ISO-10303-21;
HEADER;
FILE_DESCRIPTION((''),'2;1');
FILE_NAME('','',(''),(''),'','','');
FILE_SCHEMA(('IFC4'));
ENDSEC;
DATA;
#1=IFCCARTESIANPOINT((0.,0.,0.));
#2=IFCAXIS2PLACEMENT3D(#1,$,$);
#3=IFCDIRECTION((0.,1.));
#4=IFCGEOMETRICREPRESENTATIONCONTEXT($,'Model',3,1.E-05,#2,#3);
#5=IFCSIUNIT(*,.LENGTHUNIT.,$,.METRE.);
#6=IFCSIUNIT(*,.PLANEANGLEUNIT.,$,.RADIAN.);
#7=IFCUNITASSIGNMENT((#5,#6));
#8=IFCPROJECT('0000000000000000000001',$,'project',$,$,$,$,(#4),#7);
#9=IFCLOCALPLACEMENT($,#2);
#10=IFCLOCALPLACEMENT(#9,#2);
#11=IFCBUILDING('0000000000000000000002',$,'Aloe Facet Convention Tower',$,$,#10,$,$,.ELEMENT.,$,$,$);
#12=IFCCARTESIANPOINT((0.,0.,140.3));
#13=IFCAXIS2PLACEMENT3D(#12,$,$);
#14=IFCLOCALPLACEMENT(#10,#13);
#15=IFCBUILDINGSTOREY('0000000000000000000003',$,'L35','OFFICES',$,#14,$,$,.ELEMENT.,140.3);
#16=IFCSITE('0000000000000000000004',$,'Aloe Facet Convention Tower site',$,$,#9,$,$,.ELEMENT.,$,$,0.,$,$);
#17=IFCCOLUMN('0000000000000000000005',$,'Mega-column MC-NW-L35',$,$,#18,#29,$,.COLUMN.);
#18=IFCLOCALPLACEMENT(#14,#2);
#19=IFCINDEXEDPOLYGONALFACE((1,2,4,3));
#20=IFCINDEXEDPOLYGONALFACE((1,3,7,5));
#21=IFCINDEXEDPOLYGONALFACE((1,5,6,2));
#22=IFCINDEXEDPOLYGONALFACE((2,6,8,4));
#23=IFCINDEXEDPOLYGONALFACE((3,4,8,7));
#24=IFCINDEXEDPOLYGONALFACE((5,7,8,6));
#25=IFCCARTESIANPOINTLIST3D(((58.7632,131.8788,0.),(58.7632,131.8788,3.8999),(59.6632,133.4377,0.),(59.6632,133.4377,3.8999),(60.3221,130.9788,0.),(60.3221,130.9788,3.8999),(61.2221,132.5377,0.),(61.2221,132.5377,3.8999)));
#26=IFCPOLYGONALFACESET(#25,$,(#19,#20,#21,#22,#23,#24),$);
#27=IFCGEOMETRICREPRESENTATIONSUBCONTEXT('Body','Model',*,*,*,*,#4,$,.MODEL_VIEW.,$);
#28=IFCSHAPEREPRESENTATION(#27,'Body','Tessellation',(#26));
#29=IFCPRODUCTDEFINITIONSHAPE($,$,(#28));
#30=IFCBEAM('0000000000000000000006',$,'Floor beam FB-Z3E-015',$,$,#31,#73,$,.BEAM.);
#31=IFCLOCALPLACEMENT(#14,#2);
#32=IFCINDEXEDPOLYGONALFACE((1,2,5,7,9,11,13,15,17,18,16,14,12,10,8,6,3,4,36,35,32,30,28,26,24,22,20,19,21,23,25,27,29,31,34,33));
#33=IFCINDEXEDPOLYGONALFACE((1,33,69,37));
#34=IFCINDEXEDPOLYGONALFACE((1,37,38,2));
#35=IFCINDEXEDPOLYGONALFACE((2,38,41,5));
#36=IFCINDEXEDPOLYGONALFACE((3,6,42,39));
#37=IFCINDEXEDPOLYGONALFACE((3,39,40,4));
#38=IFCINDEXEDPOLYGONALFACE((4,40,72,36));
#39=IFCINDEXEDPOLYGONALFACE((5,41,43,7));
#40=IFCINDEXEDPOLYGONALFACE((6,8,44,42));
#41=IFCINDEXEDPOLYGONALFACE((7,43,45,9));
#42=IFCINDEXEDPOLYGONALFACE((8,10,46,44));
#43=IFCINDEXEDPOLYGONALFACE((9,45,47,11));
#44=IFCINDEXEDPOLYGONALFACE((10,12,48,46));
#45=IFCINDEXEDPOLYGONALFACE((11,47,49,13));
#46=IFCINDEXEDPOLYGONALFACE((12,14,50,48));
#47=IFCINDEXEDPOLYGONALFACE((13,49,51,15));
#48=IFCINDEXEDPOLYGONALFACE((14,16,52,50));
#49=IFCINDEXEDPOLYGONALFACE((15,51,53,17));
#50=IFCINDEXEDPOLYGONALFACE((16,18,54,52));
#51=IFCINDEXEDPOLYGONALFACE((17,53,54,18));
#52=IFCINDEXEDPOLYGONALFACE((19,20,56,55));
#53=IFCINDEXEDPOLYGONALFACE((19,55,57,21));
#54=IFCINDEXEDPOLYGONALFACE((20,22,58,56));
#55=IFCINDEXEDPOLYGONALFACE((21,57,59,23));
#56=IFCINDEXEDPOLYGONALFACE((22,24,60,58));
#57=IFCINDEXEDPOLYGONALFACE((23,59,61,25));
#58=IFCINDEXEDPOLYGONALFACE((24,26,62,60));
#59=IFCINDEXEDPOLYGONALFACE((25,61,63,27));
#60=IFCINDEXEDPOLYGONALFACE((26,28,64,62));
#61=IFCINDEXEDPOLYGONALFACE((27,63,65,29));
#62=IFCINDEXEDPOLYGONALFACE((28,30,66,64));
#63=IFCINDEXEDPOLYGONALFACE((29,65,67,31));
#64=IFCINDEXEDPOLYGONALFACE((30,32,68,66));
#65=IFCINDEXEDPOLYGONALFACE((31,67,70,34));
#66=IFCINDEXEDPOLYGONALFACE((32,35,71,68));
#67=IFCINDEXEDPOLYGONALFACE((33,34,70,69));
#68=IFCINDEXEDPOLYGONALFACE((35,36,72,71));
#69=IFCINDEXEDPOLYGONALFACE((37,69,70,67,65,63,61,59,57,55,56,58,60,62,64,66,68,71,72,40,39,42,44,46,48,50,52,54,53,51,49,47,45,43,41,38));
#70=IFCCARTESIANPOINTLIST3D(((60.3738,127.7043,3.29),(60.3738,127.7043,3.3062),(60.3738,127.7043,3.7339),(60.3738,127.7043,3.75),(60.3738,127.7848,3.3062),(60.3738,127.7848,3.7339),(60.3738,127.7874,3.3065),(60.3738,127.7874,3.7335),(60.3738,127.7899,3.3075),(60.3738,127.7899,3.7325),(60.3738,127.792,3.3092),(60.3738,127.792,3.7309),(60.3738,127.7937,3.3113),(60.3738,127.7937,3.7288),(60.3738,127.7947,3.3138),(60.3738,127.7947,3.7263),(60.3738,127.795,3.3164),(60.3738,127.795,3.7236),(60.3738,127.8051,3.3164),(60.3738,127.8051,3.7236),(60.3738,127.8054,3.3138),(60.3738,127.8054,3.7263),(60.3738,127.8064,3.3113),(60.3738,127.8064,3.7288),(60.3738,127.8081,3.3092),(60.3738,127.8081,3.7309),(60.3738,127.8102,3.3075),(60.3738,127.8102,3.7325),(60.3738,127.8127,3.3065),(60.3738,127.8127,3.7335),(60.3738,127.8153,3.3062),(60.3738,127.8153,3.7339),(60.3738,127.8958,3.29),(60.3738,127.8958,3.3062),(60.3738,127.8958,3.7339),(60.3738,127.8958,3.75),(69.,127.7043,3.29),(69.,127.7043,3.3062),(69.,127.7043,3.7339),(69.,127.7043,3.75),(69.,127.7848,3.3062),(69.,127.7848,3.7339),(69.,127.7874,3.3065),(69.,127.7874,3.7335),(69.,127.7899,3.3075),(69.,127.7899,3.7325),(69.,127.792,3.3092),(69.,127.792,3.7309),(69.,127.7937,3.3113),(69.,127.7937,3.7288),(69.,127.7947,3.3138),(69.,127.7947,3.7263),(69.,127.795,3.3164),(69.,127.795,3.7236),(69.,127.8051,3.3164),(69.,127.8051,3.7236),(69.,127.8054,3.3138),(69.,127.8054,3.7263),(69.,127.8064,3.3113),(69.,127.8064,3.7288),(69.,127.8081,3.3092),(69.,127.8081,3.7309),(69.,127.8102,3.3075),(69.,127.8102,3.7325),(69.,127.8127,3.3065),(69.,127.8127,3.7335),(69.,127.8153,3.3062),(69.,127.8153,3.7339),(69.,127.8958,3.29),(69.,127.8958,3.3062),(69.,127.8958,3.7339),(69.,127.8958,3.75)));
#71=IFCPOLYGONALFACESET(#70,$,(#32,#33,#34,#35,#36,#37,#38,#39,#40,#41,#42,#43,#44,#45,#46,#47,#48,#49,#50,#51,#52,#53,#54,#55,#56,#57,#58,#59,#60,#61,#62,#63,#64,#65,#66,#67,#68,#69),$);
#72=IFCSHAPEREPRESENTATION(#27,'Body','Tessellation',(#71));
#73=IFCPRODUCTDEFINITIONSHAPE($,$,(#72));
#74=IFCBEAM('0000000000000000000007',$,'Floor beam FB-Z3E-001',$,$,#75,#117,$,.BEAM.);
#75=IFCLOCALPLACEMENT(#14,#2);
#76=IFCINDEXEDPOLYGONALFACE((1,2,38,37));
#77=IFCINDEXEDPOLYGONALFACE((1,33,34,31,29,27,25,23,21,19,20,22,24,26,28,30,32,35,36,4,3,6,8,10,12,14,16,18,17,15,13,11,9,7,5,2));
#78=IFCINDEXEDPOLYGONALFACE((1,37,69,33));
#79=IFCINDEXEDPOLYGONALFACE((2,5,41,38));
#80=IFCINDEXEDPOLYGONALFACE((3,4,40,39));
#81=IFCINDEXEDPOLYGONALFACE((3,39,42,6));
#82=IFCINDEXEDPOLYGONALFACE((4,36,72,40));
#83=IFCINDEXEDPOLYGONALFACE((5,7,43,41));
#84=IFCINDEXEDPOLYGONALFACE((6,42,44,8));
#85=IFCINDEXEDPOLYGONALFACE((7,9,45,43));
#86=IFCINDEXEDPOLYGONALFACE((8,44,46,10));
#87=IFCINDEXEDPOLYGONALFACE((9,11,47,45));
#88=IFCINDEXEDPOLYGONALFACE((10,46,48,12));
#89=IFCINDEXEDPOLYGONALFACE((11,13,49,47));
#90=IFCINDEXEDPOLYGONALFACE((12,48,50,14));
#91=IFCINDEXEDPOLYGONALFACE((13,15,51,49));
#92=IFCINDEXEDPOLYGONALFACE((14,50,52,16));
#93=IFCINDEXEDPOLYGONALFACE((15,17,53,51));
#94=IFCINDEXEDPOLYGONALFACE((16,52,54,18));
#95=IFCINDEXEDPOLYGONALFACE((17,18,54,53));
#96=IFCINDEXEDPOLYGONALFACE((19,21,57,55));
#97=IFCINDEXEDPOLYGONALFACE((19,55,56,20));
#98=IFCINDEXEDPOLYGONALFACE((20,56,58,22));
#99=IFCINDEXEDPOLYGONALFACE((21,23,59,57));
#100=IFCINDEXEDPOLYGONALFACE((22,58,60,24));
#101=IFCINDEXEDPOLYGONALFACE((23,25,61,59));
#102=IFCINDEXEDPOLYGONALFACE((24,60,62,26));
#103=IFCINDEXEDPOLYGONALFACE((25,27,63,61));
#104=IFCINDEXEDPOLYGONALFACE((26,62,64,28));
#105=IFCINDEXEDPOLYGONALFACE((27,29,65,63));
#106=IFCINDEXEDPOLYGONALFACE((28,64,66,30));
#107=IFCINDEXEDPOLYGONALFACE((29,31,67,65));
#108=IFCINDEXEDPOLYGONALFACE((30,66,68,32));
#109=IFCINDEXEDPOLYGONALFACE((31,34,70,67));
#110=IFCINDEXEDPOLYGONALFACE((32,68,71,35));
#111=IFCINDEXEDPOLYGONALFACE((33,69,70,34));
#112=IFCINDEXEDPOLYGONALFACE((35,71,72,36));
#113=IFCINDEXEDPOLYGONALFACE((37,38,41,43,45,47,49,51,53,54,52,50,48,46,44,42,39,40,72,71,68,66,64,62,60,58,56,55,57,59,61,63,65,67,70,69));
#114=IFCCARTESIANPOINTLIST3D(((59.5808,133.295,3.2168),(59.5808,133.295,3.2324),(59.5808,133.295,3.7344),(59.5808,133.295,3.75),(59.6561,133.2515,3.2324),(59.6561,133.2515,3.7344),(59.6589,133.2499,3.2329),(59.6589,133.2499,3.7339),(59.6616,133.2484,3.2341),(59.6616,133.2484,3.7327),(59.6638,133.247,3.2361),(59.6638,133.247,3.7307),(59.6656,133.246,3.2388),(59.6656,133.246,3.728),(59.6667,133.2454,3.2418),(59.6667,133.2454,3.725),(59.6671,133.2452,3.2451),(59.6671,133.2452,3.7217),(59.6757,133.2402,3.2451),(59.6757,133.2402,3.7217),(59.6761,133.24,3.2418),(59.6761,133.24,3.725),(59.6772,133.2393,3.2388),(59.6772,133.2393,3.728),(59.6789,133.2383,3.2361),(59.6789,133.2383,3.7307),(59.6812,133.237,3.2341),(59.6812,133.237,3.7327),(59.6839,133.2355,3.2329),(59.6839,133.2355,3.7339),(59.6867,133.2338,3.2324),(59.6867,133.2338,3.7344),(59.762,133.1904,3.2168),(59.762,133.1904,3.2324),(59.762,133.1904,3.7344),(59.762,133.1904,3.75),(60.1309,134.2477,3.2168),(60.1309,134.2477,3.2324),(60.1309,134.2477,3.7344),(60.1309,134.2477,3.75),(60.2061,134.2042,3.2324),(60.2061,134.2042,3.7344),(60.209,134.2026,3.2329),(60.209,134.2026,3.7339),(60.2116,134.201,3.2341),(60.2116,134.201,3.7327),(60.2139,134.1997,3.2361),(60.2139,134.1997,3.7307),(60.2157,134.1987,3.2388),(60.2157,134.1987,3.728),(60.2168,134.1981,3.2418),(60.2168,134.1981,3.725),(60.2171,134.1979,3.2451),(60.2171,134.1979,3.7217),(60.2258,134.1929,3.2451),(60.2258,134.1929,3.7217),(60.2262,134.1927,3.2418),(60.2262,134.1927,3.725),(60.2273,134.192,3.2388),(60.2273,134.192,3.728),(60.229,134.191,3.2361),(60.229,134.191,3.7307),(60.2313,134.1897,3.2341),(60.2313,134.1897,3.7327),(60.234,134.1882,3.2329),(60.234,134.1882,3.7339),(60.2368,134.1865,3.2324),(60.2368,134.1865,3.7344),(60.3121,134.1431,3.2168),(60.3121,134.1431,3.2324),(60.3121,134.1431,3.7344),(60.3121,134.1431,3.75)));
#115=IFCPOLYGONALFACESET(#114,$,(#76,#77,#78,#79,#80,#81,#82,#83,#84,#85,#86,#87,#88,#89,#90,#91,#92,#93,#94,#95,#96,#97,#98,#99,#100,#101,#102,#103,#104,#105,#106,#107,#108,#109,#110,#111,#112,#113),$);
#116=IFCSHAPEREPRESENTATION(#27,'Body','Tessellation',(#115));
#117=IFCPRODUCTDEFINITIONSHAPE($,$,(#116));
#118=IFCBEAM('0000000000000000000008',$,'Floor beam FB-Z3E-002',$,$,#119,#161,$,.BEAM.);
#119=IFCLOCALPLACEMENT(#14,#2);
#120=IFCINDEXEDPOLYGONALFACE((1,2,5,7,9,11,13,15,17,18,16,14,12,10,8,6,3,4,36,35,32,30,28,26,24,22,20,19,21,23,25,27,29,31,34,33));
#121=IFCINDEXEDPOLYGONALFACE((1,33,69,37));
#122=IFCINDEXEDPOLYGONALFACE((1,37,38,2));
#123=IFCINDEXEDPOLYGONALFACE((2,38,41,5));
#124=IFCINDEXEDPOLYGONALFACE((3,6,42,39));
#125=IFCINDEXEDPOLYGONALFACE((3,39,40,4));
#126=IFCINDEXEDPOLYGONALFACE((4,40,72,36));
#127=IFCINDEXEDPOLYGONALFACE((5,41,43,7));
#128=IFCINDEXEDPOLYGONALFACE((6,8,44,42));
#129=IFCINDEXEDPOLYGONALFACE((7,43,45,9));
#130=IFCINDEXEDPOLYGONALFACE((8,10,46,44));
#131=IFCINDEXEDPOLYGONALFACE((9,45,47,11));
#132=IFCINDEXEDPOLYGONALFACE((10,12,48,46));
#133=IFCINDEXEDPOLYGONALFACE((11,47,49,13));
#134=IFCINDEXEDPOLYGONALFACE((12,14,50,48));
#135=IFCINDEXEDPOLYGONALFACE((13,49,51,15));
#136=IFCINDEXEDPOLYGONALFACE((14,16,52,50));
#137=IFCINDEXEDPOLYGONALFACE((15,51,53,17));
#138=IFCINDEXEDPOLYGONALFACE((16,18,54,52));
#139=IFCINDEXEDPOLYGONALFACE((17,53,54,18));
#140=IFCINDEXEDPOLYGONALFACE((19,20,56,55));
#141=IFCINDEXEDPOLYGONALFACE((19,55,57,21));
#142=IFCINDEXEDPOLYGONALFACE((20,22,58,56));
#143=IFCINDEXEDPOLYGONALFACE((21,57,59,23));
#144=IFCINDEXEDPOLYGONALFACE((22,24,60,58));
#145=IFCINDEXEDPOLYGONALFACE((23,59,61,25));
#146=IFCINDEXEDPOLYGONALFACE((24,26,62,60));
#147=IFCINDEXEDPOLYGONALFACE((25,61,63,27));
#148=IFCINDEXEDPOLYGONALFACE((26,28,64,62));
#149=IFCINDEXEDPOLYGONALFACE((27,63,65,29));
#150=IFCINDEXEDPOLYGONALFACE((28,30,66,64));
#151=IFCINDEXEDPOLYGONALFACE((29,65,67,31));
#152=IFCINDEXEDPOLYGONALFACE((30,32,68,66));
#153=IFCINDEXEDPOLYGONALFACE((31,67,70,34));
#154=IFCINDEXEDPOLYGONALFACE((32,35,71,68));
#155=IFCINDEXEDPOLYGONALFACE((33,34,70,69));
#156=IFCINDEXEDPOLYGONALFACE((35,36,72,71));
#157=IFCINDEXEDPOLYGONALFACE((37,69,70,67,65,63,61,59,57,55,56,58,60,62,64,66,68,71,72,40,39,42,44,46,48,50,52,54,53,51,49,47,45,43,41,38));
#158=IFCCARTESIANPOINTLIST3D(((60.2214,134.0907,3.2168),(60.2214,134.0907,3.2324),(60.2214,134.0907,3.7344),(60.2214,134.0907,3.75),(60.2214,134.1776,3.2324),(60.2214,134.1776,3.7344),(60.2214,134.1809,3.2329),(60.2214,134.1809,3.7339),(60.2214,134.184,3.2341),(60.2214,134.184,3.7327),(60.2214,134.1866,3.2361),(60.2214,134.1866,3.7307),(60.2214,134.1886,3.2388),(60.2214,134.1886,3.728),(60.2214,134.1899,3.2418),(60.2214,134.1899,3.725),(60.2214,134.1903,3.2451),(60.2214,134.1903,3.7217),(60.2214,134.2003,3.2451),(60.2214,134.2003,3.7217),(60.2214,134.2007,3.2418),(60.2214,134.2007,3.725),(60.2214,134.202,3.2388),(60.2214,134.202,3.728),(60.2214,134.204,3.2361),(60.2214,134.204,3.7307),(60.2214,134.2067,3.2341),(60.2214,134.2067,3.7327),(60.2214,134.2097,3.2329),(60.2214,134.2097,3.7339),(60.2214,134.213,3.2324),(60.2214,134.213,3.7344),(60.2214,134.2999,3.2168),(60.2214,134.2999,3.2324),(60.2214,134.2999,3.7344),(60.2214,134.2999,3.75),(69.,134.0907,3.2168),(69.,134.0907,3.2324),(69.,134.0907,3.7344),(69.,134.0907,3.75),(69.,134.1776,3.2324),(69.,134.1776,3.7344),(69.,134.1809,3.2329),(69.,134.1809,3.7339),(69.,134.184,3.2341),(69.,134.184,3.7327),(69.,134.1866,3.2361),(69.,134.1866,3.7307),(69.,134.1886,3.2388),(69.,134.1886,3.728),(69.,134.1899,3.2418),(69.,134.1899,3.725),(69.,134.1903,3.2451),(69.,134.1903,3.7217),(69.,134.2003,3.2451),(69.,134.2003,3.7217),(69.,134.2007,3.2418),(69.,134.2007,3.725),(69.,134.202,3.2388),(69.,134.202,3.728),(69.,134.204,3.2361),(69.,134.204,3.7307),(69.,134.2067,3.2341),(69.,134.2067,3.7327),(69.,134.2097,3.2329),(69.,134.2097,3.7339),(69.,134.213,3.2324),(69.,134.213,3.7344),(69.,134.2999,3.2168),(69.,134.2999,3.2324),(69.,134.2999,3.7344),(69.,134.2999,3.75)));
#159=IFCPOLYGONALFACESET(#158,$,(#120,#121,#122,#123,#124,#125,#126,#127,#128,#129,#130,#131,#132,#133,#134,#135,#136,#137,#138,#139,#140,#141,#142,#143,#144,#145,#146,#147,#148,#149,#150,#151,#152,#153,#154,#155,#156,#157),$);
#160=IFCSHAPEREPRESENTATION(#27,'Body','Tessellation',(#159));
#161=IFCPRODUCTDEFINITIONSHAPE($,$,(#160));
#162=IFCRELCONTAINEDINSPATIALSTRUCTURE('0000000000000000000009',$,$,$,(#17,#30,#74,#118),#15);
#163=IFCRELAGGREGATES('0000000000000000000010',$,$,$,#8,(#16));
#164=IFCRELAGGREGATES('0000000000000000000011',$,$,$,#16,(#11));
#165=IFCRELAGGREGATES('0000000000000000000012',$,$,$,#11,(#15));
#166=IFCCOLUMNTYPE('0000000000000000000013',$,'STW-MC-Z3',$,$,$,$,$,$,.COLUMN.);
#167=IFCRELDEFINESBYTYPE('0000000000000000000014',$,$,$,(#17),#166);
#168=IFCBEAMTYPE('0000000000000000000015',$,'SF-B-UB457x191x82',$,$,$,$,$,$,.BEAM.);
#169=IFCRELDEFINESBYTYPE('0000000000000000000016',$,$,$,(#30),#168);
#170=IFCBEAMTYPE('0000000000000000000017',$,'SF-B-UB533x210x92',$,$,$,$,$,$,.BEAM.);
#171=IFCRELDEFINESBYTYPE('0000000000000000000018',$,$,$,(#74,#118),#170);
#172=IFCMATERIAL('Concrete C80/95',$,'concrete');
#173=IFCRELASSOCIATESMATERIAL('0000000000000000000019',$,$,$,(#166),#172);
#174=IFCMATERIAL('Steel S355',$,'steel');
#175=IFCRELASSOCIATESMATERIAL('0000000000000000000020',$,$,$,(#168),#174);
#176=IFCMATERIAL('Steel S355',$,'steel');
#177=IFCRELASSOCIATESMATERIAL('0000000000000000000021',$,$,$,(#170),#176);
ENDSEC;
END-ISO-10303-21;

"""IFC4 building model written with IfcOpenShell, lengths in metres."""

from ifc_helpers import new_model, si_unit, direction, frame, origin, origin_2d, place, context, subcontext, project, spatial, rectangle, i_section, extrude, material, material_profile, profile_set, type_object, element, save


model = new_model("IFC4")

# Units and contexts
model_context = context("Model", 3, precision=1e-05, world=origin(), true_north=direction((0.0, 1.0)))
body_context = subcontext(model_context, "Body", "Model", "MODEL_VIEW")
ifc_project = project(units=[si_unit("LENGTHUNIT", "METRE"), si_unit("PLANEANGLEUNIT", "RADIAN")], contexts=[model_context])

# Site, building, storey
site_placement = place(None, origin())
site = spatial("IfcSite", under=ifc_project, at=site_placement, Name="Aloe Facet Convention Tower site", CompositionType="ELEMENT", RefElevation=0.0)
building_placement = place(site_placement, origin())
building = spatial("IfcBuilding", under=site, at=building_placement, Name="Aloe Facet Convention Tower", CompositionType="ELEMENT")
storey_placement = place(building_placement, frame((0.0, 0.0, 140.3)))
storey = spatial("IfcBuildingStorey", under=building, at=storey_placement, Name="L35", Description="OFFICES", CompositionType="ELEMENT", Elevation=140.3)

# Column
ifc_material_1 = material(Name="Concrete C80/95", Category="concrete")
ifc_material_profile_1 = material_profile(ifc_material_1, rectangle(XDim=1.8, YDim=1.8, at=origin_2d()), Name="STW-MC-Z3")
ifc_profile_set_1 = profile_set([ifc_material_profile_1], Name="Concrete C80/95")
column_type = type_object("IfcColumnType", Name="STW-MC-Z3", PredefinedType="COLUMN", material=ifc_profile_set_1)
column_placement = place(storey_placement, frame((59.9927, 132.2083, 0.0), z_axis=(0.0, 0.0, 1.0), x_axis=(-0.5, -0.866025, 0.0)))
element("IfcColumn", 1, at=column_placement, inside=storey, type_object=column_type, Name="Mega-column MC-NW-L35", PredefinedType="COLUMN", context=body_context, shape_type="SweptSolid", body=[
    extrude(rectangle(XDim=1.8, YDim=1.8, at=origin_2d()), origin(), (0.0, 0.0, 1.0), 3.8999),
])

# Beams
ifc_material_2 = material(Name="Steel S355", Category="steel")
ifc_material_profile_2 = material_profile(ifc_material_2, i_section(OverallWidth=0.1914, OverallDepth=0.46, WebThickness=0.01, FlangeThickness=0.0161, FilletRadius=0.0103, at=origin_2d()), Name="UB 457x191x82")
ifc_profile_set_2 = profile_set([ifc_material_profile_2], Name="Steel S355")
beam_type_1 = type_object("IfcBeamType", Name="SF-B-UB457x191x82", PredefinedType="BEAM", material=ifc_profile_set_2)
beam_1_placement = place(storey_placement, frame((60.3738, 127.8, 3.52), z_axis=(1.0, 0.0, 0.0), x_axis=(0.0, 1.0, 0.0)))
element("IfcBeam", 2, at=beam_1_placement, inside=storey, type_object=beam_type_1, Name="Floor beam FB-Z3E-015", PredefinedType="BEAM", context=body_context, shape_type="SweptSolid", body=[
    extrude(i_section(OverallWidth=0.1914, OverallDepth=0.46, WebThickness=0.01, FlangeThickness=0.0161, FilletRadius=0.0103, at=origin_2d()), origin(), (0.0, 0.0, 1.0), 8.6262),
])
ifc_material_3 = material(Name="Steel S355", Category="steel")
ifc_material_profile_3 = material_profile(ifc_material_3, i_section(OverallWidth=0.2092, OverallDepth=0.5332, WebThickness=0.01, FlangeThickness=0.0156, FilletRadius=0.0127, at=origin_2d()), Name="UB 533x210x92")
ifc_profile_set_3 = profile_set([ifc_material_profile_3], Name="Steel S355")
beam_type_2 = type_object("IfcBeamType", Name="SF-B-UB533x210x92", PredefinedType="BEAM", material=ifc_profile_set_3)
beam_2_placement = place(storey_placement, frame((59.6714, 133.2427, 3.4834), z_axis=(0.50003, 0.866008, 0.0), x_axis=(-0.866008, 0.50003, 0.0)))
element("IfcBeam", 3, at=beam_2_placement, inside=storey, type_object=beam_type_2, Name="Floor beam FB-Z3E-001", PredefinedType="BEAM", context=body_context, shape_type="SweptSolid", body=[
    extrude(i_section(OverallWidth=0.2092, OverallDepth=0.5332, WebThickness=0.01, FlangeThickness=0.0156, FilletRadius=0.0127, at=origin_2d()), origin(), (0.0, 0.0, 1.0), 1.1001),
])
beam_3_placement = place(storey_placement, frame((60.2214, 134.1953, 3.4834), z_axis=(1.0, 0.0, 0.0), x_axis=(0.0, 1.0, 0.0)))
element("IfcBeam", 4, at=beam_3_placement, inside=storey, type_object=beam_type_2, Name="Floor beam FB-Z3E-002", PredefinedType="BEAM", context=body_context, shape_type="SweptSolid", body=[
    extrude(i_section(OverallWidth=0.2092, OverallDepth=0.5332, WebThickness=0.01, FlangeThickness=0.0156, FilletRadius=0.0127, at=origin_2d()), origin(), (0.0, 0.0, 1.0), 8.7786),
])

save(model, "model.ifc")
